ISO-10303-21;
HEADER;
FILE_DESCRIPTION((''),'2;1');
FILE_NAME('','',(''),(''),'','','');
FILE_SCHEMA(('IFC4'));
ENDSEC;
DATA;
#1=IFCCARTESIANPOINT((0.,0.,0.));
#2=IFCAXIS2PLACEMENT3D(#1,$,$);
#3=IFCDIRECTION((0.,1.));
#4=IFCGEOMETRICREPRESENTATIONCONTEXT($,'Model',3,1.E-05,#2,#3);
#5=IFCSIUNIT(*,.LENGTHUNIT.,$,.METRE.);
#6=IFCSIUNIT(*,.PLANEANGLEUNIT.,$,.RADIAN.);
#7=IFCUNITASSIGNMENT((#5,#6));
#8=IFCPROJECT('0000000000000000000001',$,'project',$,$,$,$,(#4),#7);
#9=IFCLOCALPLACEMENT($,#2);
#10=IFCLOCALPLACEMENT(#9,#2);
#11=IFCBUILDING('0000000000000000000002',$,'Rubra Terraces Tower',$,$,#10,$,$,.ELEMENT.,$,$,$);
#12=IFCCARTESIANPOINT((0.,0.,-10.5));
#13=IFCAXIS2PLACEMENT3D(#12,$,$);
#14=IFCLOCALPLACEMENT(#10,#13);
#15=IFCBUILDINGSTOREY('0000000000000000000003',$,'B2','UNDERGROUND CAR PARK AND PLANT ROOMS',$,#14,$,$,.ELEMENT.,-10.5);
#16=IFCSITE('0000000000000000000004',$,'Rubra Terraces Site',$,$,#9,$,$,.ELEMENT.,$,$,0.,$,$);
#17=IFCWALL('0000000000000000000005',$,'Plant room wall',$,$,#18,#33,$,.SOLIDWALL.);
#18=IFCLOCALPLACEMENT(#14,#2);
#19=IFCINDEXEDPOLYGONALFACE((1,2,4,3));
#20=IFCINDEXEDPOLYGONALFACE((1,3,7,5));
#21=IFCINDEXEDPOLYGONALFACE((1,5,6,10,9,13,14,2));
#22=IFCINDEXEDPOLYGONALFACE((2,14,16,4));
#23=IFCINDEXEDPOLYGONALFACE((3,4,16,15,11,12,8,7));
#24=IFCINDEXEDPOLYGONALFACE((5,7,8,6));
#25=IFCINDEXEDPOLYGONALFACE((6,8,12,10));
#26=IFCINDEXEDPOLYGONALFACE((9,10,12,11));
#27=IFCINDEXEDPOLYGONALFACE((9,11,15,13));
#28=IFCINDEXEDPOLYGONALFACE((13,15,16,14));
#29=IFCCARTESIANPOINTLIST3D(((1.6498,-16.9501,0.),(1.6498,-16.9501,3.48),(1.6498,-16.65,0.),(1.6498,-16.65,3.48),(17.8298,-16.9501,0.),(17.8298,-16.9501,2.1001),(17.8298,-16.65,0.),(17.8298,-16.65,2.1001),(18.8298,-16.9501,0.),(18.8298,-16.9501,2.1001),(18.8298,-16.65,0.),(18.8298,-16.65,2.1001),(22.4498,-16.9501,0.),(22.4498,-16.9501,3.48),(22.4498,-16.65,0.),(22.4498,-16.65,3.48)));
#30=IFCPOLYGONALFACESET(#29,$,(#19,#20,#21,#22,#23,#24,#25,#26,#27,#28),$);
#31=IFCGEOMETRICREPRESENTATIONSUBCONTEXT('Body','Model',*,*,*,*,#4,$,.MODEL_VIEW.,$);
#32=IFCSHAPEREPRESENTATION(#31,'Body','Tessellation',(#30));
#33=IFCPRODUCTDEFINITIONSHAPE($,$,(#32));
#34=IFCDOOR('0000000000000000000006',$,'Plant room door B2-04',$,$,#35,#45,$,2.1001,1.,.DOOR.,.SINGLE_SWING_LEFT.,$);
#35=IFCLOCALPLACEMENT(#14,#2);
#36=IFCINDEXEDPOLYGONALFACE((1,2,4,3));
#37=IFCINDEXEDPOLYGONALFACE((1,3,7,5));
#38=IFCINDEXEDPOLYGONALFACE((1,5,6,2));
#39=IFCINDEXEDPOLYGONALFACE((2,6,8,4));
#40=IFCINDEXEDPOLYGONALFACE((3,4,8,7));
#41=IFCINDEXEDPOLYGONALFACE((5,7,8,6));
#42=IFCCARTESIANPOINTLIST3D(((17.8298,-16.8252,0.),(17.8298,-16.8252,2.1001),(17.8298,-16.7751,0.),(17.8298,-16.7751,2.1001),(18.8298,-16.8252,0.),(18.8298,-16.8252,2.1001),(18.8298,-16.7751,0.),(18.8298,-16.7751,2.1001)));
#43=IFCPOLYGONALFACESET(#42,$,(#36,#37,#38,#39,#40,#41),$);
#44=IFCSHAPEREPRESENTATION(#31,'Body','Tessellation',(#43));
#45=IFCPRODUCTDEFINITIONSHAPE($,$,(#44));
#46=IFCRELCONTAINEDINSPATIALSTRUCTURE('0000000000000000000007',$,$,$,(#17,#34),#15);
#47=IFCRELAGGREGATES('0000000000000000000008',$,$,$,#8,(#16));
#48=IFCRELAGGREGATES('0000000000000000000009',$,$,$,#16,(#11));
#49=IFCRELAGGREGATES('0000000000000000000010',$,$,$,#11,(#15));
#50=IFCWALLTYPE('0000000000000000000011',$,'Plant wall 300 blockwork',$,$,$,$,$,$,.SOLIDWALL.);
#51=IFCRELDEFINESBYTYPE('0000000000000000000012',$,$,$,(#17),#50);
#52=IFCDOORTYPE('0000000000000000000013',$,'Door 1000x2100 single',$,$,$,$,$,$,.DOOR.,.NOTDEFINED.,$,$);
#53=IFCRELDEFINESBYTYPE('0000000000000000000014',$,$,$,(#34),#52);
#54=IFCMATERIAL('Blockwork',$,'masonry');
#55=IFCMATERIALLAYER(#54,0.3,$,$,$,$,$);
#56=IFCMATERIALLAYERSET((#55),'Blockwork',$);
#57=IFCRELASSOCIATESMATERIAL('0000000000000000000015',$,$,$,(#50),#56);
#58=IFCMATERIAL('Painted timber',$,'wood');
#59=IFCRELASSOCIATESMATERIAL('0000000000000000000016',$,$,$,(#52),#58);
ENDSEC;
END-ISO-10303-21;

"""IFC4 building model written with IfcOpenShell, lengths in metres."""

from ifc_helpers import new_model, si_unit, direction, frame, frame_2d, origin, place, context, subcontext, project, spatial, rectangle, extrude, material, layer, layer_set, type_object, element, fill, save


model = new_model("IFC4")

# Units and contexts
model_context = context("Model", 3, precision=1e-05, world=origin(), true_north=direction((0.0, 1.0)))
body_context = subcontext(model_context, "Body", "Model", "MODEL_VIEW")
ifc_project = project(units=[si_unit("LENGTHUNIT", "METRE"), si_unit("PLANEANGLEUNIT", "RADIAN")], contexts=[model_context])

# Site, building, storey
site_placement = place(None, origin())
site = spatial("IfcSite", under=ifc_project, at=site_placement, Name="Rubra Terraces Site", CompositionType="ELEMENT", RefElevation=0.0)
building_placement = place(site_placement, origin())
building = spatial("IfcBuilding", under=site, at=building_placement, Name="Rubra Terraces Tower", CompositionType="ELEMENT")
storey_placement = place(building_placement, frame((0.0, 0.0, -10.5)))
storey = spatial("IfcBuildingStorey", under=building, at=storey_placement, Name="B2", Description="UNDERGROUND CAR PARK AND PLANT ROOMS", CompositionType="ELEMENT", Elevation=-10.5)

# Shared definitions
ifc_material_1 = material(Name="Blockwork", Category="masonry")
ifc_layer_1 = layer(ifc_material_1, 0.3)
ifc_layer_set_1 = layer_set([ifc_layer_1], Name="Blockwork")
wall_type_1 = type_object("IfcWallType", Name="Plant wall 300 blockwork", PredefinedType="SOLIDWALL", material=ifc_layer_set_1)

# Wall, opening, door
wall_1_placement = place(storey_placement, frame((1.6499, -16.8, 0.0), z_axis=(0.0, 0.0, 1.0), x_axis=(1.0, 0.0, 0.0)))
wall_1 = element("IfcWall", 1, at=wall_1_placement, inside=storey, type_object=wall_type_1, Name="Plant room wall", PredefinedType="SOLIDWALL", context=body_context, shape_type="SweptSolid", body=[
    extrude(rectangle(XDim=20.8, YDim=0.3, at=frame_2d((10.3999, 0.0))), origin(), (0.0, 0.0, 1.0), 3.48),
])
opening_placement = place(wall_1_placement, frame((16.1799, 0.0, 0.0)))
opening = element("IfcOpeningElement", 2, at=opening_placement, cuts=wall_1, PredefinedType="OPENING", context=body_context, shape_type="SweptSolid", body=[
    extrude(rectangle(XDim=1.0, YDim=2.1001, at=frame_2d((0.5, 1.05))), frame((0.0, 0.1599, 0.0), z_axis=(0.0, -1.0, 0.0), x_axis=(1.0, 0.0, 0.0)), (0.0, 0.0, 1.0), 0.3201),
])
ifc_material_2 = material(Name="Painted timber", Category="wood")
door_type = type_object("IfcDoorType", Name="Door 1000x2100 single", OperationType="NOTDEFINED", PredefinedType="DOOR", material=ifc_material_2)
door_placement = place(opening_placement, origin())
door = element("IfcDoor", 3, at=door_placement, inside=storey, type_object=door_type, Name="Plant room door B2-04", OperationType="SINGLE_SWING_LEFT", OverallHeight=2.1001, OverallWidth=1.0, PredefinedType="DOOR", context=body_context, shape_type="SweptSolid", body=[
    extrude(rectangle(XDim=1.0, YDim=2.1001, at=frame_2d((0.5, 1.05))), frame((0.0, 0.0249, 0.0), z_axis=(0.0, -1.0, 0.0), x_axis=(1.0, 0.0, 0.0)), (0.0, 0.0, 1.0), 0.05),
])
fill(opening, door)

save(model, "model.ifc")
